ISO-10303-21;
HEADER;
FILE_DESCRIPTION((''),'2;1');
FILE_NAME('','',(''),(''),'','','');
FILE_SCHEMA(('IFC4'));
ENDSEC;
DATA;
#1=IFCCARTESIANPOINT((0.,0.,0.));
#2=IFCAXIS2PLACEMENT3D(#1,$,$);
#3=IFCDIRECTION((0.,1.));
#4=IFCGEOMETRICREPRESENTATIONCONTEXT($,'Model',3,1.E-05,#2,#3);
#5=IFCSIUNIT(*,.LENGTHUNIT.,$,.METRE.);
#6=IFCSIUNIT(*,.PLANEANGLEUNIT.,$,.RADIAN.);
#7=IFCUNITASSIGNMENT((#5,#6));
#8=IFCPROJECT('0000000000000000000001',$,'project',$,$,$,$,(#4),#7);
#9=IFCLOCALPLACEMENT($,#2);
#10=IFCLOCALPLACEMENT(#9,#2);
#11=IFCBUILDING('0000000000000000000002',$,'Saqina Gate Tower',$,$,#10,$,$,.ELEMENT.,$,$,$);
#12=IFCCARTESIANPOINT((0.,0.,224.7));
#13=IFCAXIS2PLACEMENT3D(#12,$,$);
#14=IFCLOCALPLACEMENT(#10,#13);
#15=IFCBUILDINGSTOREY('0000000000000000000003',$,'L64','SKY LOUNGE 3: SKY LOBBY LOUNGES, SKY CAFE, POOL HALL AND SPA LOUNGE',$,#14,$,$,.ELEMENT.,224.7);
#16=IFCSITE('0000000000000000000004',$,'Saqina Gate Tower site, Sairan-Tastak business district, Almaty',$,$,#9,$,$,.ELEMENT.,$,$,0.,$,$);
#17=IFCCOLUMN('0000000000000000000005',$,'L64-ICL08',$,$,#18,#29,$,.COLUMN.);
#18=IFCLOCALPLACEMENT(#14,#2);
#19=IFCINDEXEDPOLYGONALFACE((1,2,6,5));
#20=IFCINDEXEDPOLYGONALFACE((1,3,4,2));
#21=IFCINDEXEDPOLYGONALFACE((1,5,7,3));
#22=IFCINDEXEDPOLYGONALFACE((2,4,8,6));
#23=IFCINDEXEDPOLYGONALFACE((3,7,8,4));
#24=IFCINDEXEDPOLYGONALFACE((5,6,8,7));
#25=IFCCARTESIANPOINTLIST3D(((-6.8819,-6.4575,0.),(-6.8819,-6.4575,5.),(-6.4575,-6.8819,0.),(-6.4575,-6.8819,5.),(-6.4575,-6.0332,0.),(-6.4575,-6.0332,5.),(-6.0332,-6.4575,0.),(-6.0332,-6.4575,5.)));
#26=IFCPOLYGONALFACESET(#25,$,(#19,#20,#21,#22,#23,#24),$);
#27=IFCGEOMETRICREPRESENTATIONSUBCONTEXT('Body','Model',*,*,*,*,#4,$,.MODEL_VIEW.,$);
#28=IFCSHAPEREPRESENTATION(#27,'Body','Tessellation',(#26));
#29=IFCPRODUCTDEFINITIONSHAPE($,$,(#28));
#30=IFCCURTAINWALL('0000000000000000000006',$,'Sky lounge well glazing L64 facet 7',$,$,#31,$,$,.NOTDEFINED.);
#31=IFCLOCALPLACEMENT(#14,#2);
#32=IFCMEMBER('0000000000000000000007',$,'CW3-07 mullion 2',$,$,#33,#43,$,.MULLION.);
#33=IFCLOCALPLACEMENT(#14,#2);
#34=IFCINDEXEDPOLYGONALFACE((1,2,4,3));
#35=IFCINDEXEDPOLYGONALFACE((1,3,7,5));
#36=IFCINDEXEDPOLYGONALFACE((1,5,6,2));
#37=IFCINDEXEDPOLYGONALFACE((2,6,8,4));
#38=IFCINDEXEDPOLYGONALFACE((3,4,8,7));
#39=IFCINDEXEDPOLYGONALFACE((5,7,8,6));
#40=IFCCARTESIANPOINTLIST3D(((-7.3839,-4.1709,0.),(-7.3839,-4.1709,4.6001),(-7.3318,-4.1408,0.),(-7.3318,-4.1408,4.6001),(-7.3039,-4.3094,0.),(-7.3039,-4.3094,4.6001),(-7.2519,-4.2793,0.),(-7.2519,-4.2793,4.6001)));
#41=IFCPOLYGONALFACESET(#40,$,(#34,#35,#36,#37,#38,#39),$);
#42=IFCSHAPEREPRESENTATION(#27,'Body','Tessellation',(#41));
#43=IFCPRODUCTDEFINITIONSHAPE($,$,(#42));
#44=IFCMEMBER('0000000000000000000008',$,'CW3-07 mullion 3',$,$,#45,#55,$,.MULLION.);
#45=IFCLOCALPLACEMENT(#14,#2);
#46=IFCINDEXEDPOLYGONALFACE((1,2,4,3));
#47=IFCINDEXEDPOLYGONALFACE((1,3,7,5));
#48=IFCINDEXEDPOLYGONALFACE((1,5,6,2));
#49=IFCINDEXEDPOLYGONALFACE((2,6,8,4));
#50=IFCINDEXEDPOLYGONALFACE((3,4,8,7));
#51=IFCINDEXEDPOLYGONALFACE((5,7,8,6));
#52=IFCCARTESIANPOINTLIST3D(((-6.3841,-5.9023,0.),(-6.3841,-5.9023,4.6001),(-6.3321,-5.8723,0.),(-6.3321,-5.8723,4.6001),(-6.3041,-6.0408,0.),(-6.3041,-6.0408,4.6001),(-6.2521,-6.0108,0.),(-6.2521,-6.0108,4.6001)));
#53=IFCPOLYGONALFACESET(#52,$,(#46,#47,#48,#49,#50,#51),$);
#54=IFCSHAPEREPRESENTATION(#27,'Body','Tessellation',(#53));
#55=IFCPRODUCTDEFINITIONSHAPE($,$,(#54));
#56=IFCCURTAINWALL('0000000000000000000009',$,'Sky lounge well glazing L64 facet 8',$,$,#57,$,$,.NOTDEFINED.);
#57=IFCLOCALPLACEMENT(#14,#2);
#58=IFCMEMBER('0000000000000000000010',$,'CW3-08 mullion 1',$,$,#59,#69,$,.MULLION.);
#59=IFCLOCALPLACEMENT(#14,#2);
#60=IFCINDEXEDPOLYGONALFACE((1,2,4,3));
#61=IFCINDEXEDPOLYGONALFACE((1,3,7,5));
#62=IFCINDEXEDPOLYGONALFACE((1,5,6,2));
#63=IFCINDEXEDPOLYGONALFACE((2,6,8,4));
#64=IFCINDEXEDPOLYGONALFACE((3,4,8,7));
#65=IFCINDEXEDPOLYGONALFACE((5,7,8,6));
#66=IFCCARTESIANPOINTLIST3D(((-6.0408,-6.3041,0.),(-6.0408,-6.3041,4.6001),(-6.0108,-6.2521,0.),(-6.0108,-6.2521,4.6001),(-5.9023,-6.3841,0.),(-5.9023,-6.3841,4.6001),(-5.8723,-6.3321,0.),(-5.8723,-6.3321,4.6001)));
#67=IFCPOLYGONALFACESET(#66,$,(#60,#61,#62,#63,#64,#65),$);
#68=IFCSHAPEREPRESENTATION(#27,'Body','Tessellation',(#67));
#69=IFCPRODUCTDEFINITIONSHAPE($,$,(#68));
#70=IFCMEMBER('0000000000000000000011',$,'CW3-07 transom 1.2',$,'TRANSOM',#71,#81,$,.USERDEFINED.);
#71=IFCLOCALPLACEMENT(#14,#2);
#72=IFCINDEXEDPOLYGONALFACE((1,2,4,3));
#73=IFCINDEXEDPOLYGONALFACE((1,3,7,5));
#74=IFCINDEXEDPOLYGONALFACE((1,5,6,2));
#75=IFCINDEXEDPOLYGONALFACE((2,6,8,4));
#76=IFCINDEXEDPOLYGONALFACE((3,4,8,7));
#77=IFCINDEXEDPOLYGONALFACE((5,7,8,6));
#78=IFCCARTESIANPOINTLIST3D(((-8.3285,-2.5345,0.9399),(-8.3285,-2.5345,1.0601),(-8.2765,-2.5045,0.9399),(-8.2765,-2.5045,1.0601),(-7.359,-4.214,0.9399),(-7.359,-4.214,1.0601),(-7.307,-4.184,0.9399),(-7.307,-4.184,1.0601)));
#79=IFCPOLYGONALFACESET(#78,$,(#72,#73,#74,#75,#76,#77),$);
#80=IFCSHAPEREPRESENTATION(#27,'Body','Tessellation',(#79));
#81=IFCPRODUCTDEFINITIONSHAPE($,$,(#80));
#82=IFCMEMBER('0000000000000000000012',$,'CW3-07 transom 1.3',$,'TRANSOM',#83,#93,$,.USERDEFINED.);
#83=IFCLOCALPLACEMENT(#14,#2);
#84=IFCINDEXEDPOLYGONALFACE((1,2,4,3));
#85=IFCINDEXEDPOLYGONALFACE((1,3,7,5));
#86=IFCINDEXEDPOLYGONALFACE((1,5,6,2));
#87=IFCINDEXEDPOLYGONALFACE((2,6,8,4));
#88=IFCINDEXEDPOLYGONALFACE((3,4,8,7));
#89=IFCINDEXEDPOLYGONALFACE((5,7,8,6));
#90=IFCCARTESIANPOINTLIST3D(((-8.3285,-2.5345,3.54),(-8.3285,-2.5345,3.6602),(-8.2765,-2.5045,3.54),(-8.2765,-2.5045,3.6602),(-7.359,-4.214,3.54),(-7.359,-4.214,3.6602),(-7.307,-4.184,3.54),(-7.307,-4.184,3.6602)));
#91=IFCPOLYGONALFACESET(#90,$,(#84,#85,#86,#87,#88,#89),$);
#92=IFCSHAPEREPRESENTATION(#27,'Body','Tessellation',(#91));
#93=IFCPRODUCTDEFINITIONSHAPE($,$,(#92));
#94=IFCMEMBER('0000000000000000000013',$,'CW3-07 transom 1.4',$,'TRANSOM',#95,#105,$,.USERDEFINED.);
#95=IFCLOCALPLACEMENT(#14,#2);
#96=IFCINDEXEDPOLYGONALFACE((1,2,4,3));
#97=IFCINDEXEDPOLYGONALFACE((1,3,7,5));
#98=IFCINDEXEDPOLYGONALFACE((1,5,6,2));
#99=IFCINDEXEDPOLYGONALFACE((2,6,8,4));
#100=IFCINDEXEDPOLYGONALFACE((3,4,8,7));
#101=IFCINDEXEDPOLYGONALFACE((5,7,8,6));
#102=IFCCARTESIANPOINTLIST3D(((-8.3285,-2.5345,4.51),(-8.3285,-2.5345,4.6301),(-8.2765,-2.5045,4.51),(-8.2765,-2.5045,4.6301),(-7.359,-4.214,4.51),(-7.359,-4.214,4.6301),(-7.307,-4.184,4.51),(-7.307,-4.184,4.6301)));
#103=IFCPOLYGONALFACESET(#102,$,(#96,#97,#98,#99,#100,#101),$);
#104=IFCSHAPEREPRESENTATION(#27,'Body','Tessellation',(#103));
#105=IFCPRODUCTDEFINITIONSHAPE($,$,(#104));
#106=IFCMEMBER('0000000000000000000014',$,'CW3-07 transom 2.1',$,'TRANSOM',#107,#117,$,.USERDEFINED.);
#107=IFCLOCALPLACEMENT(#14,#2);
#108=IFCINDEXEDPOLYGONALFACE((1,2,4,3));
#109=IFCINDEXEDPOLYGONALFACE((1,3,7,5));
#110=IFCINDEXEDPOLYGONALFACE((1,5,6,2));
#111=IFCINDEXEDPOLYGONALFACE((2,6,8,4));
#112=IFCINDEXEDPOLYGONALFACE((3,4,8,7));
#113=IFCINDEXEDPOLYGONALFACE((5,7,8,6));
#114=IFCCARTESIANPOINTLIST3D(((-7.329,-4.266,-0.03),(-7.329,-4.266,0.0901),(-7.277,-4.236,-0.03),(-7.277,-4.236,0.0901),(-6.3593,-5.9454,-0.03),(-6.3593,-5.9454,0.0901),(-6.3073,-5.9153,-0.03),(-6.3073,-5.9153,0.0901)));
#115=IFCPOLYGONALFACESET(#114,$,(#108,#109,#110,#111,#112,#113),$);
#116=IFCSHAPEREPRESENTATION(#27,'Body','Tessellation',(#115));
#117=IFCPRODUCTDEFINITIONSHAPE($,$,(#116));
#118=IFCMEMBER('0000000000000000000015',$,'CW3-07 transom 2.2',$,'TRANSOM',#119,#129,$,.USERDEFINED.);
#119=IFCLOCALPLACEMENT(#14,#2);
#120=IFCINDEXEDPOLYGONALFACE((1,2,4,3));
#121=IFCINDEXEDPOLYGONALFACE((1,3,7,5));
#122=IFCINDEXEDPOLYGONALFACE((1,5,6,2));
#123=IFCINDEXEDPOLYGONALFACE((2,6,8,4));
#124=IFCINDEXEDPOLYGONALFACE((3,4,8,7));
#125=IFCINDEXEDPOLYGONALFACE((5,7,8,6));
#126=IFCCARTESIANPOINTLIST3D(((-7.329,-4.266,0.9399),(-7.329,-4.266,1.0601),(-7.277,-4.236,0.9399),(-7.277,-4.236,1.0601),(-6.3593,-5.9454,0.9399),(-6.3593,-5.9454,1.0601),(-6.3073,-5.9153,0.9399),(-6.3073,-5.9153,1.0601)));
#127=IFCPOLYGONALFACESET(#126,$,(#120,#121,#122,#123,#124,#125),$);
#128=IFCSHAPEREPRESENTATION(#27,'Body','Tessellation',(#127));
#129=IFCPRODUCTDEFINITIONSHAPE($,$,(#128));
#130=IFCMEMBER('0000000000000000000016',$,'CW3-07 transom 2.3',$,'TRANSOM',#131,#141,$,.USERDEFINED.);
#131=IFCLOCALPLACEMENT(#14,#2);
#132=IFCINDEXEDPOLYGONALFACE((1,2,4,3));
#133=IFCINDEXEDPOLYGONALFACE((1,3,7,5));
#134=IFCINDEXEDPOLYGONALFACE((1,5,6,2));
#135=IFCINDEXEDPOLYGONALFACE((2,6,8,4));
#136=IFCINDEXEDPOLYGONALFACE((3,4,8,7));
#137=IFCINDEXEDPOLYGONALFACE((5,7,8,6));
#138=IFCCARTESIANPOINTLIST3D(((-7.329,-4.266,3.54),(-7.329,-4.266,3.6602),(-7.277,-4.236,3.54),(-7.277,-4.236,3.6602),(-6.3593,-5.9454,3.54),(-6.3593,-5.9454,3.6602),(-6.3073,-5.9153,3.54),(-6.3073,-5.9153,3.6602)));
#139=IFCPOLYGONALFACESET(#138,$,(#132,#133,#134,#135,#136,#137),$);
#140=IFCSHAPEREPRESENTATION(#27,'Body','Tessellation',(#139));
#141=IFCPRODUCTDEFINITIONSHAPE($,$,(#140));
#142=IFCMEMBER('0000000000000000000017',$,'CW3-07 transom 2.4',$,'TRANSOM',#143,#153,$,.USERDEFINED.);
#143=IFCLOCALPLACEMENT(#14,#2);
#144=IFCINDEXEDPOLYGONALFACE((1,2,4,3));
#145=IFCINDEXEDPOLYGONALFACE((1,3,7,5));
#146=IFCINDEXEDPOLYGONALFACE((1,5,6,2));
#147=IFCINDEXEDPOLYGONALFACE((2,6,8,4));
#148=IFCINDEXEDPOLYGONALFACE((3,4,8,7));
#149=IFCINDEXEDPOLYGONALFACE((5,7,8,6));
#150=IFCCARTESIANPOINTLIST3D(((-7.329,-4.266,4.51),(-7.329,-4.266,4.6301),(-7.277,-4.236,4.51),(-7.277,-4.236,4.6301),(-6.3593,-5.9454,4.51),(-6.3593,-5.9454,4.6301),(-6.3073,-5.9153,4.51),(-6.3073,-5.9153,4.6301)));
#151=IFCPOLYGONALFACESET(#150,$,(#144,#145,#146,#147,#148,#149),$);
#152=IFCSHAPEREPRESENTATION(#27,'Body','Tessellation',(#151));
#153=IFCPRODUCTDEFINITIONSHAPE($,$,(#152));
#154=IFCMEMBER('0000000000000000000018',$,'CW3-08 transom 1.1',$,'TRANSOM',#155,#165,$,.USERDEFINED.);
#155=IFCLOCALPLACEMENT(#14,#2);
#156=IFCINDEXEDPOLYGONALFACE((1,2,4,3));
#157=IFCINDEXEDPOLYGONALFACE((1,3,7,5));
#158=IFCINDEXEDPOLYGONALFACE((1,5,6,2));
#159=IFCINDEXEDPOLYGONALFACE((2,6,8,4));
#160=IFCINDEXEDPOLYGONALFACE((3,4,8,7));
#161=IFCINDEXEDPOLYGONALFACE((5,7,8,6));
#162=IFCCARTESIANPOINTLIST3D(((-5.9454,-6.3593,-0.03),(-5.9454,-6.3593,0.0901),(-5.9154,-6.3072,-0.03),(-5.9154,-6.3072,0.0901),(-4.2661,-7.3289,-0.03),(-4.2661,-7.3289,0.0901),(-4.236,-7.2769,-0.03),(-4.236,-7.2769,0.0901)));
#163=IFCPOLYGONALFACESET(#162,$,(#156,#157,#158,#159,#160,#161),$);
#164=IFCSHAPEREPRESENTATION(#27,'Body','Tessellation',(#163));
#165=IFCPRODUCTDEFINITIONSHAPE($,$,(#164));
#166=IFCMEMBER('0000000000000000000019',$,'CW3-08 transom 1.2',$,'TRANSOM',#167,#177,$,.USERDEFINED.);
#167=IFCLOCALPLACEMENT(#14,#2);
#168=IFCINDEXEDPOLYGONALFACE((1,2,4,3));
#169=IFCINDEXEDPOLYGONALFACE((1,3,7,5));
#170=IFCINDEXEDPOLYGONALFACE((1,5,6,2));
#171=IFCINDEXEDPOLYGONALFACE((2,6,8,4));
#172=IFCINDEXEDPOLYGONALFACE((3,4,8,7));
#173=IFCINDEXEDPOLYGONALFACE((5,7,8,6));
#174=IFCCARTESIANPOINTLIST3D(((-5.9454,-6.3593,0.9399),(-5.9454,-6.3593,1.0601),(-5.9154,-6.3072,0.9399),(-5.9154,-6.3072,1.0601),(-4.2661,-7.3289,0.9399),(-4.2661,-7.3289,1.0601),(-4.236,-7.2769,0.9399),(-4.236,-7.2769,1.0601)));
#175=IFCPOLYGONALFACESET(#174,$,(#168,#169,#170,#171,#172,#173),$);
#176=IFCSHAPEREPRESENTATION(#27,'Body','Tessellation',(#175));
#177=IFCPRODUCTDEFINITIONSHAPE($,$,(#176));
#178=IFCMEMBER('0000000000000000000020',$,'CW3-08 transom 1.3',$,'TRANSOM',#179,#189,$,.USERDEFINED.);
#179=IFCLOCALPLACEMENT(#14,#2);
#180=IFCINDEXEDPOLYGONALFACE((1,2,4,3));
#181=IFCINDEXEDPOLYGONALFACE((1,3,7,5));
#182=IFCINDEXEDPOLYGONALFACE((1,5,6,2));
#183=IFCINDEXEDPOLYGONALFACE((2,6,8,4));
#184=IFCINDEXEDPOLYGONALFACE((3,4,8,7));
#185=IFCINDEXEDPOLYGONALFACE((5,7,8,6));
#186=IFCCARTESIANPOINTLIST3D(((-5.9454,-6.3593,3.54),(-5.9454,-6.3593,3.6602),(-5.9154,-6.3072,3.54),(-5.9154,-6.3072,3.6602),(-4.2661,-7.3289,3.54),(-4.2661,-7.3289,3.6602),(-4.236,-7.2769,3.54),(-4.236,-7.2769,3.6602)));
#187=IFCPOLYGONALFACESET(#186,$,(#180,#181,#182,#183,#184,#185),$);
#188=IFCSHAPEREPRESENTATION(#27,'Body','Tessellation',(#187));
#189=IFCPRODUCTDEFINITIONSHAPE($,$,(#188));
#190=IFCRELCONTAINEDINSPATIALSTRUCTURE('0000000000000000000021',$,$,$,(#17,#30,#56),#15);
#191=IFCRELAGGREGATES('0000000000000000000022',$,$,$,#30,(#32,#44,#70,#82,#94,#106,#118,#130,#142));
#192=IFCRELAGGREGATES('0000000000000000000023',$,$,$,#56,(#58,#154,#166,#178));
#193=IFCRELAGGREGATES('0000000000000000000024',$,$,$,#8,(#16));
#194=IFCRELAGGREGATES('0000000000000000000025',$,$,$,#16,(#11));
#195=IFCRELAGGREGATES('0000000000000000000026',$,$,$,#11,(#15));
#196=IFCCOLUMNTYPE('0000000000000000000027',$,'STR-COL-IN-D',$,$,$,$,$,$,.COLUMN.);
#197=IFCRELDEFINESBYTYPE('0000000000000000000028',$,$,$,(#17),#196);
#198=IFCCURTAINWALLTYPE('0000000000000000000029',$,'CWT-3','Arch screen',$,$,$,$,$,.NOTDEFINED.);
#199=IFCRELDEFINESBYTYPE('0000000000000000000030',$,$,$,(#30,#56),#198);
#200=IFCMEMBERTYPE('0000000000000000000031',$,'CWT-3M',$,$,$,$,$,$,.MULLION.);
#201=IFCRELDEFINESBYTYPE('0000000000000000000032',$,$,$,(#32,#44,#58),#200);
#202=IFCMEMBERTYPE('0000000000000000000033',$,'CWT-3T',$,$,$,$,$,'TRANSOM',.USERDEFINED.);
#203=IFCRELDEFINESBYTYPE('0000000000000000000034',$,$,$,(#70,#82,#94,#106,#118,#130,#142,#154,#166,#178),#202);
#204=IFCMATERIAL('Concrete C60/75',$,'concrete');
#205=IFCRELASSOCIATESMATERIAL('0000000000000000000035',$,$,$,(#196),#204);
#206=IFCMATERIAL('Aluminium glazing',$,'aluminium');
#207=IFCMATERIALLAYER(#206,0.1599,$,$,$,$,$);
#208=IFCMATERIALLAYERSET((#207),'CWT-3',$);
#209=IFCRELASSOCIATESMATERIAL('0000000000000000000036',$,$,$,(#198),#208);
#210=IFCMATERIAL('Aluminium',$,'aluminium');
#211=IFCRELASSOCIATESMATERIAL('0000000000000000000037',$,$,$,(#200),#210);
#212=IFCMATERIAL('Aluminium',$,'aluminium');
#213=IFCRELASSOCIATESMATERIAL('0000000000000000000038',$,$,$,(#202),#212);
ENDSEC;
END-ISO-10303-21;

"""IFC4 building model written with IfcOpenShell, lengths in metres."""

from ifc_helpers import new_model, si_unit, direction, frame, origin, origin_2d, place, context, subcontext, project, spatial, rectangle, extrude, material, layer, layer_set, material_profile, profile_set, type_object, element, aggregate, save


model = new_model("IFC4")

# Units and contexts
model_context = context("Model", 3, precision=1e-05, world=origin(), true_north=direction((0.0, 1.0)))
body_context = subcontext(model_context, "Body", "Model", "MODEL_VIEW")
ifc_project = project(units=[si_unit("LENGTHUNIT", "METRE"), si_unit("PLANEANGLEUNIT", "RADIAN")], contexts=[model_context])

# Site, building, storey
site_placement = place(None, origin())
site = spatial("IfcSite", under=ifc_project, at=site_placement, Name="Saqina Gate Tower site, Sairan-Tastak business district, Almaty", CompositionType="ELEMENT", RefElevation=0.0)
building_placement = place(site_placement, origin())
building = spatial("IfcBuilding", under=site, at=building_placement, Name="Saqina Gate Tower", CompositionType="ELEMENT")
storey_placement = place(building_placement, frame((0.0, 0.0, 224.7)))
storey = spatial("IfcBuildingStorey", under=building, at=storey_placement, Name="L64", Description="SKY LOUNGE 3: SKY LOBBY LOUNGES, SKY CAFE, POOL HALL AND SPA LOUNGE", CompositionType="ELEMENT", Elevation=224.7)

# Column
ifc_material_1 = material(Name="Concrete C60/75", Category="concrete")
ifc_material_profile_1 = material_profile(ifc_material_1, rectangle(XDim=0.6001, YDim=0.6001, at=origin_2d()), Name="RC 600x600")
ifc_profile_set_1 = profile_set([ifc_material_profile_1], Name="Concrete C60/75")
column_type = type_object("IfcColumnType", Name="STR-COL-IN-D", PredefinedType="COLUMN", material=ifc_profile_set_1)
column_placement = place(storey_placement, frame((-6.4575, -6.4575, 0.0), z_axis=(0.0, 0.0, 1.0), x_axis=(-0.707107, -0.707107, 0.0)))
element("IfcColumn", 1, at=column_placement, inside=storey, type_object=column_type, Name="L64-ICL08", PredefinedType="COLUMN", context=body_context, shape_type="SweptSolid", body=[
    extrude(rectangle(XDim=0.6001, YDim=0.6001, at=origin_2d()), origin(), (0.0, 0.0, 1.0), 5.0),
])

# Curtain wall, members
ifc_material_2 = material(Name="Aluminium glazing", Category="aluminium")
ifc_layer_1 = layer(ifc_material_2, 0.1599)
ifc_layer_set_1 = layer_set([ifc_layer_1], Name="CWT-3")
curtain_wall_type = type_object("IfcCurtainWallType", Name="CWT-3", Description="Arch screen", PredefinedType="NOTDEFINED", material=ifc_layer_set_1)
curtain_wall_1_placement = place(storey_placement, origin())
curtain_wall_1 = element("IfcCurtainWall", 2, at=curtain_wall_1_placement, inside=storey, type_object=curtain_wall_type, Name="Sky lounge well glazing L64 facet 7", PredefinedType="NOTDEFINED")
ifc_material_3 = material(Name="Aluminium", Category="aluminium")
ifc_material_profile_2 = material_profile(ifc_material_3, rectangle(XDim=0.0601, YDim=0.1599, at=origin_2d()), Name="Aluminium 60x160")
ifc_profile_set_2 = profile_set([ifc_material_profile_2], Name="Aluminium")
member_type_1 = type_object("IfcMemberType", Name="CWT-3M", PredefinedType="MULLION", material=ifc_profile_set_2)
member_1_placement = place(storey_placement, frame((-7.3179, -4.2251, 0.0), z_axis=(0.0, 0.0, 1.0), x_axis=(0.866024, 0.500003, 0.0)))
member_1 = element("IfcMember", 3, at=member_1_placement, type_object=member_type_1, Name="CW3-07 mullion 2", PredefinedType="MULLION", context=body_context, shape_type="SweptSolid", body=[
    extrude(rectangle(XDim=0.0601, YDim=0.1599, at=origin_2d()), origin(), (0.0, 0.0, 1.0), 4.6001),
])
member_2_placement = place(storey_placement, frame((-6.3181, -5.9565, 0.0), z_axis=(0.0, 0.0, 1.0), x_axis=(0.866024, 0.500003, 0.0)))
member_2 = element("IfcMember", 4, at=member_2_placement, type_object=member_type_1, Name="CW3-07 mullion 3", PredefinedType="MULLION", context=body_context, shape_type="SweptSolid", body=[
    extrude(rectangle(XDim=0.0601, YDim=0.1599, at=origin_2d()), origin(), (0.0, 0.0, 1.0), 4.6001),
])

# Curtain wall, member
curtain_wall_2_placement = place(storey_placement, origin())
curtain_wall_2 = element("IfcCurtainWall", 5, at=curtain_wall_2_placement, inside=storey, type_object=curtain_wall_type, Name="Sky lounge well glazing L64 facet 8", PredefinedType="NOTDEFINED")
member_3_placement = place(storey_placement, frame((-5.9565, -6.3181, 0.0), z_axis=(0.0, 0.0, 1.0), x_axis=(0.500003, 0.866024, 0.0)))
member_3 = element("IfcMember", 6, at=member_3_placement, type_object=member_type_1, Name="CW3-08 mullion 1", PredefinedType="MULLION", context=body_context, shape_type="SweptSolid", body=[
    extrude(rectangle(XDim=0.0601, YDim=0.1599, at=origin_2d()), origin(), (0.0, 0.0, 1.0), 4.6001),
])

# Members
ifc_material_4 = material(Name="Aluminium", Category="aluminium")
ifc_material_profile_3 = material_profile(ifc_material_4, rectangle(XDim=0.0601, YDim=0.1201, at=origin_2d()), Name="Aluminium 60x120")
ifc_profile_set_3 = profile_set([ifc_material_profile_3], Name="Aluminium")
member_type_2 = type_object("IfcMemberType", Name="CWT-3T", ElementType="TRANSOM", PredefinedType="USERDEFINED", material=ifc_profile_set_3)
member_4_placement = place(storey_placement, frame((-8.3025, -2.5195, 1.0), z_axis=(0.499944, -0.866058, 0.0), x_axis=(0.866058, 0.499944, 0.0)))
member_4 = element("IfcMember", 7, at=member_4_placement, type_object=member_type_2, Name="CW3-07 transom 1.2", ObjectType="TRANSOM", PredefinedType="USERDEFINED", context=body_context, shape_type="SweptSolid", body=[
    extrude(rectangle(XDim=0.0601, YDim=0.1201, at=origin_2d()), origin(), (0.0, 0.0, 1.0), 1.9392),
])
member_5_placement = place(storey_placement, frame((-8.3025, -2.5195, 3.6001), z_axis=(0.499944, -0.866058, 0.0), x_axis=(0.866058, 0.499944, 0.0)))
member_5 = element("IfcMember", 8, at=member_5_placement, type_object=member_type_2, Name="CW3-07 transom 1.3", ObjectType="TRANSOM", PredefinedType="USERDEFINED", context=body_context, shape_type="SweptSolid", body=[
    extrude(rectangle(XDim=0.0601, YDim=0.1201, at=origin_2d()), origin(), (0.0, 0.0, 1.0), 1.9392),
])
member_6_placement = place(storey_placement, frame((-8.3025, -2.5195, 4.5701), z_axis=(0.499944, -0.866058, 0.0), x_axis=(0.866058, 0.499944, 0.0)))
member_6 = element("IfcMember", 9, at=member_6_placement, type_object=member_type_2, Name="CW3-07 transom 1.4", ObjectType="TRANSOM", PredefinedType="USERDEFINED", context=body_context, shape_type="SweptSolid", body=[
    extrude(rectangle(XDim=0.0601, YDim=0.1201, at=origin_2d()), origin(), (0.0, 0.0, 1.0), 1.9392),
])
member_7_placement = place(storey_placement, frame((-7.303, -4.251, 0.03), z_axis=(0.500038, -0.866003, 0.0), x_axis=(0.866003, 0.500038, 0.0)))
member_7 = element("IfcMember", 10, at=member_7_placement, type_object=member_type_2, Name="CW3-07 transom 2.1", ObjectType="TRANSOM", PredefinedType="USERDEFINED", context=body_context, shape_type="SweptSolid", body=[
    extrude(rectangle(XDim=0.0601, YDim=0.1201, at=origin_2d()), origin(), (0.0, 0.0, 1.0), 1.9392),
])
member_8_placement = place(storey_placement, frame((-7.303, -4.251, 1.0), z_axis=(0.500038, -0.866003, 0.0), x_axis=(0.866003, 0.500038, 0.0)))
member_8 = element("IfcMember", 11, at=member_8_placement, type_object=member_type_2, Name="CW3-07 transom 2.2", ObjectType="TRANSOM", PredefinedType="USERDEFINED", context=body_context, shape_type="SweptSolid", body=[
    extrude(rectangle(XDim=0.0601, YDim=0.1201, at=origin_2d()), origin(), (0.0, 0.0, 1.0), 1.9392),
])
member_9_placement = place(storey_placement, frame((-7.303, -4.251, 3.6001), z_axis=(0.500038, -0.866003, 0.0), x_axis=(0.866003, 0.500038, 0.0)))
member_9 = element("IfcMember", 12, at=member_9_placement, type_object=member_type_2, Name="CW3-07 transom 2.3", ObjectType="TRANSOM", PredefinedType="USERDEFINED", context=body_context, shape_type="SweptSolid", body=[
    extrude(rectangle(XDim=0.0601, YDim=0.1201, at=origin_2d()), origin(), (0.0, 0.0, 1.0), 1.9392),
])
member_10_placement = place(storey_placement, frame((-7.303, -4.251, 4.5701), z_axis=(0.500038, -0.866003, 0.0), x_axis=(0.866003, 0.500038, 0.0)))
member_10 = element("IfcMember", 13, at=member_10_placement, type_object=member_type_2, Name="CW3-07 transom 2.4", ObjectType="TRANSOM", PredefinedType="USERDEFINED", context=body_context, shape_type="SweptSolid", body=[
    extrude(rectangle(XDim=0.0601, YDim=0.1201, at=origin_2d()), origin(), (0.0, 0.0, 1.0), 1.9392),
])
member_11_placement = place(storey_placement, frame((-5.9304, -6.3333, 0.03), z_axis=(0.866003, -0.500038, 0.0), x_axis=(0.500038, 0.866003, 0.0)))
member_11 = element("IfcMember", 14, at=member_11_placement, type_object=member_type_2, Name="CW3-08 transom 1.1", ObjectType="TRANSOM", PredefinedType="USERDEFINED", context=body_context, shape_type="SweptSolid", body=[
    extrude(rectangle(XDim=0.0601, YDim=0.1201, at=origin_2d()), origin(), (0.0, 0.0, 1.0), 1.9392),
])
member_12_placement = place(storey_placement, frame((-5.9304, -6.3333, 1.0), z_axis=(0.866003, -0.500038, 0.0), x_axis=(0.500038, 0.866003, 0.0)))
member_12 = element("IfcMember", 15, at=member_12_placement, type_object=member_type_2, Name="CW3-08 transom 1.2", ObjectType="TRANSOM", PredefinedType="USERDEFINED", context=body_context, shape_type="SweptSolid", body=[
    extrude(rectangle(XDim=0.0601, YDim=0.1201, at=origin_2d()), origin(), (0.0, 0.0, 1.0), 1.9392),
])
member_13_placement = place(storey_placement, frame((-5.9304, -6.3333, 3.6001), z_axis=(0.866003, -0.500038, 0.0), x_axis=(0.500038, 0.866003, 0.0)))
member_13 = element("IfcMember", 16, at=member_13_placement, type_object=member_type_2, Name="CW3-08 transom 1.3", ObjectType="TRANSOM", PredefinedType="USERDEFINED", context=body_context, shape_type="SweptSolid", body=[
    extrude(rectangle(XDim=0.0601, YDim=0.1201, at=origin_2d()), origin(), (0.0, 0.0, 1.0), 1.9392),
])

aggregate(curtain_wall_1, [member_1, member_2, member_4, member_5, member_6, member_7, member_8, member_9, member_10])
aggregate(curtain_wall_2, [member_3, member_11, member_12, member_13])

save(model, "model.ifc")
